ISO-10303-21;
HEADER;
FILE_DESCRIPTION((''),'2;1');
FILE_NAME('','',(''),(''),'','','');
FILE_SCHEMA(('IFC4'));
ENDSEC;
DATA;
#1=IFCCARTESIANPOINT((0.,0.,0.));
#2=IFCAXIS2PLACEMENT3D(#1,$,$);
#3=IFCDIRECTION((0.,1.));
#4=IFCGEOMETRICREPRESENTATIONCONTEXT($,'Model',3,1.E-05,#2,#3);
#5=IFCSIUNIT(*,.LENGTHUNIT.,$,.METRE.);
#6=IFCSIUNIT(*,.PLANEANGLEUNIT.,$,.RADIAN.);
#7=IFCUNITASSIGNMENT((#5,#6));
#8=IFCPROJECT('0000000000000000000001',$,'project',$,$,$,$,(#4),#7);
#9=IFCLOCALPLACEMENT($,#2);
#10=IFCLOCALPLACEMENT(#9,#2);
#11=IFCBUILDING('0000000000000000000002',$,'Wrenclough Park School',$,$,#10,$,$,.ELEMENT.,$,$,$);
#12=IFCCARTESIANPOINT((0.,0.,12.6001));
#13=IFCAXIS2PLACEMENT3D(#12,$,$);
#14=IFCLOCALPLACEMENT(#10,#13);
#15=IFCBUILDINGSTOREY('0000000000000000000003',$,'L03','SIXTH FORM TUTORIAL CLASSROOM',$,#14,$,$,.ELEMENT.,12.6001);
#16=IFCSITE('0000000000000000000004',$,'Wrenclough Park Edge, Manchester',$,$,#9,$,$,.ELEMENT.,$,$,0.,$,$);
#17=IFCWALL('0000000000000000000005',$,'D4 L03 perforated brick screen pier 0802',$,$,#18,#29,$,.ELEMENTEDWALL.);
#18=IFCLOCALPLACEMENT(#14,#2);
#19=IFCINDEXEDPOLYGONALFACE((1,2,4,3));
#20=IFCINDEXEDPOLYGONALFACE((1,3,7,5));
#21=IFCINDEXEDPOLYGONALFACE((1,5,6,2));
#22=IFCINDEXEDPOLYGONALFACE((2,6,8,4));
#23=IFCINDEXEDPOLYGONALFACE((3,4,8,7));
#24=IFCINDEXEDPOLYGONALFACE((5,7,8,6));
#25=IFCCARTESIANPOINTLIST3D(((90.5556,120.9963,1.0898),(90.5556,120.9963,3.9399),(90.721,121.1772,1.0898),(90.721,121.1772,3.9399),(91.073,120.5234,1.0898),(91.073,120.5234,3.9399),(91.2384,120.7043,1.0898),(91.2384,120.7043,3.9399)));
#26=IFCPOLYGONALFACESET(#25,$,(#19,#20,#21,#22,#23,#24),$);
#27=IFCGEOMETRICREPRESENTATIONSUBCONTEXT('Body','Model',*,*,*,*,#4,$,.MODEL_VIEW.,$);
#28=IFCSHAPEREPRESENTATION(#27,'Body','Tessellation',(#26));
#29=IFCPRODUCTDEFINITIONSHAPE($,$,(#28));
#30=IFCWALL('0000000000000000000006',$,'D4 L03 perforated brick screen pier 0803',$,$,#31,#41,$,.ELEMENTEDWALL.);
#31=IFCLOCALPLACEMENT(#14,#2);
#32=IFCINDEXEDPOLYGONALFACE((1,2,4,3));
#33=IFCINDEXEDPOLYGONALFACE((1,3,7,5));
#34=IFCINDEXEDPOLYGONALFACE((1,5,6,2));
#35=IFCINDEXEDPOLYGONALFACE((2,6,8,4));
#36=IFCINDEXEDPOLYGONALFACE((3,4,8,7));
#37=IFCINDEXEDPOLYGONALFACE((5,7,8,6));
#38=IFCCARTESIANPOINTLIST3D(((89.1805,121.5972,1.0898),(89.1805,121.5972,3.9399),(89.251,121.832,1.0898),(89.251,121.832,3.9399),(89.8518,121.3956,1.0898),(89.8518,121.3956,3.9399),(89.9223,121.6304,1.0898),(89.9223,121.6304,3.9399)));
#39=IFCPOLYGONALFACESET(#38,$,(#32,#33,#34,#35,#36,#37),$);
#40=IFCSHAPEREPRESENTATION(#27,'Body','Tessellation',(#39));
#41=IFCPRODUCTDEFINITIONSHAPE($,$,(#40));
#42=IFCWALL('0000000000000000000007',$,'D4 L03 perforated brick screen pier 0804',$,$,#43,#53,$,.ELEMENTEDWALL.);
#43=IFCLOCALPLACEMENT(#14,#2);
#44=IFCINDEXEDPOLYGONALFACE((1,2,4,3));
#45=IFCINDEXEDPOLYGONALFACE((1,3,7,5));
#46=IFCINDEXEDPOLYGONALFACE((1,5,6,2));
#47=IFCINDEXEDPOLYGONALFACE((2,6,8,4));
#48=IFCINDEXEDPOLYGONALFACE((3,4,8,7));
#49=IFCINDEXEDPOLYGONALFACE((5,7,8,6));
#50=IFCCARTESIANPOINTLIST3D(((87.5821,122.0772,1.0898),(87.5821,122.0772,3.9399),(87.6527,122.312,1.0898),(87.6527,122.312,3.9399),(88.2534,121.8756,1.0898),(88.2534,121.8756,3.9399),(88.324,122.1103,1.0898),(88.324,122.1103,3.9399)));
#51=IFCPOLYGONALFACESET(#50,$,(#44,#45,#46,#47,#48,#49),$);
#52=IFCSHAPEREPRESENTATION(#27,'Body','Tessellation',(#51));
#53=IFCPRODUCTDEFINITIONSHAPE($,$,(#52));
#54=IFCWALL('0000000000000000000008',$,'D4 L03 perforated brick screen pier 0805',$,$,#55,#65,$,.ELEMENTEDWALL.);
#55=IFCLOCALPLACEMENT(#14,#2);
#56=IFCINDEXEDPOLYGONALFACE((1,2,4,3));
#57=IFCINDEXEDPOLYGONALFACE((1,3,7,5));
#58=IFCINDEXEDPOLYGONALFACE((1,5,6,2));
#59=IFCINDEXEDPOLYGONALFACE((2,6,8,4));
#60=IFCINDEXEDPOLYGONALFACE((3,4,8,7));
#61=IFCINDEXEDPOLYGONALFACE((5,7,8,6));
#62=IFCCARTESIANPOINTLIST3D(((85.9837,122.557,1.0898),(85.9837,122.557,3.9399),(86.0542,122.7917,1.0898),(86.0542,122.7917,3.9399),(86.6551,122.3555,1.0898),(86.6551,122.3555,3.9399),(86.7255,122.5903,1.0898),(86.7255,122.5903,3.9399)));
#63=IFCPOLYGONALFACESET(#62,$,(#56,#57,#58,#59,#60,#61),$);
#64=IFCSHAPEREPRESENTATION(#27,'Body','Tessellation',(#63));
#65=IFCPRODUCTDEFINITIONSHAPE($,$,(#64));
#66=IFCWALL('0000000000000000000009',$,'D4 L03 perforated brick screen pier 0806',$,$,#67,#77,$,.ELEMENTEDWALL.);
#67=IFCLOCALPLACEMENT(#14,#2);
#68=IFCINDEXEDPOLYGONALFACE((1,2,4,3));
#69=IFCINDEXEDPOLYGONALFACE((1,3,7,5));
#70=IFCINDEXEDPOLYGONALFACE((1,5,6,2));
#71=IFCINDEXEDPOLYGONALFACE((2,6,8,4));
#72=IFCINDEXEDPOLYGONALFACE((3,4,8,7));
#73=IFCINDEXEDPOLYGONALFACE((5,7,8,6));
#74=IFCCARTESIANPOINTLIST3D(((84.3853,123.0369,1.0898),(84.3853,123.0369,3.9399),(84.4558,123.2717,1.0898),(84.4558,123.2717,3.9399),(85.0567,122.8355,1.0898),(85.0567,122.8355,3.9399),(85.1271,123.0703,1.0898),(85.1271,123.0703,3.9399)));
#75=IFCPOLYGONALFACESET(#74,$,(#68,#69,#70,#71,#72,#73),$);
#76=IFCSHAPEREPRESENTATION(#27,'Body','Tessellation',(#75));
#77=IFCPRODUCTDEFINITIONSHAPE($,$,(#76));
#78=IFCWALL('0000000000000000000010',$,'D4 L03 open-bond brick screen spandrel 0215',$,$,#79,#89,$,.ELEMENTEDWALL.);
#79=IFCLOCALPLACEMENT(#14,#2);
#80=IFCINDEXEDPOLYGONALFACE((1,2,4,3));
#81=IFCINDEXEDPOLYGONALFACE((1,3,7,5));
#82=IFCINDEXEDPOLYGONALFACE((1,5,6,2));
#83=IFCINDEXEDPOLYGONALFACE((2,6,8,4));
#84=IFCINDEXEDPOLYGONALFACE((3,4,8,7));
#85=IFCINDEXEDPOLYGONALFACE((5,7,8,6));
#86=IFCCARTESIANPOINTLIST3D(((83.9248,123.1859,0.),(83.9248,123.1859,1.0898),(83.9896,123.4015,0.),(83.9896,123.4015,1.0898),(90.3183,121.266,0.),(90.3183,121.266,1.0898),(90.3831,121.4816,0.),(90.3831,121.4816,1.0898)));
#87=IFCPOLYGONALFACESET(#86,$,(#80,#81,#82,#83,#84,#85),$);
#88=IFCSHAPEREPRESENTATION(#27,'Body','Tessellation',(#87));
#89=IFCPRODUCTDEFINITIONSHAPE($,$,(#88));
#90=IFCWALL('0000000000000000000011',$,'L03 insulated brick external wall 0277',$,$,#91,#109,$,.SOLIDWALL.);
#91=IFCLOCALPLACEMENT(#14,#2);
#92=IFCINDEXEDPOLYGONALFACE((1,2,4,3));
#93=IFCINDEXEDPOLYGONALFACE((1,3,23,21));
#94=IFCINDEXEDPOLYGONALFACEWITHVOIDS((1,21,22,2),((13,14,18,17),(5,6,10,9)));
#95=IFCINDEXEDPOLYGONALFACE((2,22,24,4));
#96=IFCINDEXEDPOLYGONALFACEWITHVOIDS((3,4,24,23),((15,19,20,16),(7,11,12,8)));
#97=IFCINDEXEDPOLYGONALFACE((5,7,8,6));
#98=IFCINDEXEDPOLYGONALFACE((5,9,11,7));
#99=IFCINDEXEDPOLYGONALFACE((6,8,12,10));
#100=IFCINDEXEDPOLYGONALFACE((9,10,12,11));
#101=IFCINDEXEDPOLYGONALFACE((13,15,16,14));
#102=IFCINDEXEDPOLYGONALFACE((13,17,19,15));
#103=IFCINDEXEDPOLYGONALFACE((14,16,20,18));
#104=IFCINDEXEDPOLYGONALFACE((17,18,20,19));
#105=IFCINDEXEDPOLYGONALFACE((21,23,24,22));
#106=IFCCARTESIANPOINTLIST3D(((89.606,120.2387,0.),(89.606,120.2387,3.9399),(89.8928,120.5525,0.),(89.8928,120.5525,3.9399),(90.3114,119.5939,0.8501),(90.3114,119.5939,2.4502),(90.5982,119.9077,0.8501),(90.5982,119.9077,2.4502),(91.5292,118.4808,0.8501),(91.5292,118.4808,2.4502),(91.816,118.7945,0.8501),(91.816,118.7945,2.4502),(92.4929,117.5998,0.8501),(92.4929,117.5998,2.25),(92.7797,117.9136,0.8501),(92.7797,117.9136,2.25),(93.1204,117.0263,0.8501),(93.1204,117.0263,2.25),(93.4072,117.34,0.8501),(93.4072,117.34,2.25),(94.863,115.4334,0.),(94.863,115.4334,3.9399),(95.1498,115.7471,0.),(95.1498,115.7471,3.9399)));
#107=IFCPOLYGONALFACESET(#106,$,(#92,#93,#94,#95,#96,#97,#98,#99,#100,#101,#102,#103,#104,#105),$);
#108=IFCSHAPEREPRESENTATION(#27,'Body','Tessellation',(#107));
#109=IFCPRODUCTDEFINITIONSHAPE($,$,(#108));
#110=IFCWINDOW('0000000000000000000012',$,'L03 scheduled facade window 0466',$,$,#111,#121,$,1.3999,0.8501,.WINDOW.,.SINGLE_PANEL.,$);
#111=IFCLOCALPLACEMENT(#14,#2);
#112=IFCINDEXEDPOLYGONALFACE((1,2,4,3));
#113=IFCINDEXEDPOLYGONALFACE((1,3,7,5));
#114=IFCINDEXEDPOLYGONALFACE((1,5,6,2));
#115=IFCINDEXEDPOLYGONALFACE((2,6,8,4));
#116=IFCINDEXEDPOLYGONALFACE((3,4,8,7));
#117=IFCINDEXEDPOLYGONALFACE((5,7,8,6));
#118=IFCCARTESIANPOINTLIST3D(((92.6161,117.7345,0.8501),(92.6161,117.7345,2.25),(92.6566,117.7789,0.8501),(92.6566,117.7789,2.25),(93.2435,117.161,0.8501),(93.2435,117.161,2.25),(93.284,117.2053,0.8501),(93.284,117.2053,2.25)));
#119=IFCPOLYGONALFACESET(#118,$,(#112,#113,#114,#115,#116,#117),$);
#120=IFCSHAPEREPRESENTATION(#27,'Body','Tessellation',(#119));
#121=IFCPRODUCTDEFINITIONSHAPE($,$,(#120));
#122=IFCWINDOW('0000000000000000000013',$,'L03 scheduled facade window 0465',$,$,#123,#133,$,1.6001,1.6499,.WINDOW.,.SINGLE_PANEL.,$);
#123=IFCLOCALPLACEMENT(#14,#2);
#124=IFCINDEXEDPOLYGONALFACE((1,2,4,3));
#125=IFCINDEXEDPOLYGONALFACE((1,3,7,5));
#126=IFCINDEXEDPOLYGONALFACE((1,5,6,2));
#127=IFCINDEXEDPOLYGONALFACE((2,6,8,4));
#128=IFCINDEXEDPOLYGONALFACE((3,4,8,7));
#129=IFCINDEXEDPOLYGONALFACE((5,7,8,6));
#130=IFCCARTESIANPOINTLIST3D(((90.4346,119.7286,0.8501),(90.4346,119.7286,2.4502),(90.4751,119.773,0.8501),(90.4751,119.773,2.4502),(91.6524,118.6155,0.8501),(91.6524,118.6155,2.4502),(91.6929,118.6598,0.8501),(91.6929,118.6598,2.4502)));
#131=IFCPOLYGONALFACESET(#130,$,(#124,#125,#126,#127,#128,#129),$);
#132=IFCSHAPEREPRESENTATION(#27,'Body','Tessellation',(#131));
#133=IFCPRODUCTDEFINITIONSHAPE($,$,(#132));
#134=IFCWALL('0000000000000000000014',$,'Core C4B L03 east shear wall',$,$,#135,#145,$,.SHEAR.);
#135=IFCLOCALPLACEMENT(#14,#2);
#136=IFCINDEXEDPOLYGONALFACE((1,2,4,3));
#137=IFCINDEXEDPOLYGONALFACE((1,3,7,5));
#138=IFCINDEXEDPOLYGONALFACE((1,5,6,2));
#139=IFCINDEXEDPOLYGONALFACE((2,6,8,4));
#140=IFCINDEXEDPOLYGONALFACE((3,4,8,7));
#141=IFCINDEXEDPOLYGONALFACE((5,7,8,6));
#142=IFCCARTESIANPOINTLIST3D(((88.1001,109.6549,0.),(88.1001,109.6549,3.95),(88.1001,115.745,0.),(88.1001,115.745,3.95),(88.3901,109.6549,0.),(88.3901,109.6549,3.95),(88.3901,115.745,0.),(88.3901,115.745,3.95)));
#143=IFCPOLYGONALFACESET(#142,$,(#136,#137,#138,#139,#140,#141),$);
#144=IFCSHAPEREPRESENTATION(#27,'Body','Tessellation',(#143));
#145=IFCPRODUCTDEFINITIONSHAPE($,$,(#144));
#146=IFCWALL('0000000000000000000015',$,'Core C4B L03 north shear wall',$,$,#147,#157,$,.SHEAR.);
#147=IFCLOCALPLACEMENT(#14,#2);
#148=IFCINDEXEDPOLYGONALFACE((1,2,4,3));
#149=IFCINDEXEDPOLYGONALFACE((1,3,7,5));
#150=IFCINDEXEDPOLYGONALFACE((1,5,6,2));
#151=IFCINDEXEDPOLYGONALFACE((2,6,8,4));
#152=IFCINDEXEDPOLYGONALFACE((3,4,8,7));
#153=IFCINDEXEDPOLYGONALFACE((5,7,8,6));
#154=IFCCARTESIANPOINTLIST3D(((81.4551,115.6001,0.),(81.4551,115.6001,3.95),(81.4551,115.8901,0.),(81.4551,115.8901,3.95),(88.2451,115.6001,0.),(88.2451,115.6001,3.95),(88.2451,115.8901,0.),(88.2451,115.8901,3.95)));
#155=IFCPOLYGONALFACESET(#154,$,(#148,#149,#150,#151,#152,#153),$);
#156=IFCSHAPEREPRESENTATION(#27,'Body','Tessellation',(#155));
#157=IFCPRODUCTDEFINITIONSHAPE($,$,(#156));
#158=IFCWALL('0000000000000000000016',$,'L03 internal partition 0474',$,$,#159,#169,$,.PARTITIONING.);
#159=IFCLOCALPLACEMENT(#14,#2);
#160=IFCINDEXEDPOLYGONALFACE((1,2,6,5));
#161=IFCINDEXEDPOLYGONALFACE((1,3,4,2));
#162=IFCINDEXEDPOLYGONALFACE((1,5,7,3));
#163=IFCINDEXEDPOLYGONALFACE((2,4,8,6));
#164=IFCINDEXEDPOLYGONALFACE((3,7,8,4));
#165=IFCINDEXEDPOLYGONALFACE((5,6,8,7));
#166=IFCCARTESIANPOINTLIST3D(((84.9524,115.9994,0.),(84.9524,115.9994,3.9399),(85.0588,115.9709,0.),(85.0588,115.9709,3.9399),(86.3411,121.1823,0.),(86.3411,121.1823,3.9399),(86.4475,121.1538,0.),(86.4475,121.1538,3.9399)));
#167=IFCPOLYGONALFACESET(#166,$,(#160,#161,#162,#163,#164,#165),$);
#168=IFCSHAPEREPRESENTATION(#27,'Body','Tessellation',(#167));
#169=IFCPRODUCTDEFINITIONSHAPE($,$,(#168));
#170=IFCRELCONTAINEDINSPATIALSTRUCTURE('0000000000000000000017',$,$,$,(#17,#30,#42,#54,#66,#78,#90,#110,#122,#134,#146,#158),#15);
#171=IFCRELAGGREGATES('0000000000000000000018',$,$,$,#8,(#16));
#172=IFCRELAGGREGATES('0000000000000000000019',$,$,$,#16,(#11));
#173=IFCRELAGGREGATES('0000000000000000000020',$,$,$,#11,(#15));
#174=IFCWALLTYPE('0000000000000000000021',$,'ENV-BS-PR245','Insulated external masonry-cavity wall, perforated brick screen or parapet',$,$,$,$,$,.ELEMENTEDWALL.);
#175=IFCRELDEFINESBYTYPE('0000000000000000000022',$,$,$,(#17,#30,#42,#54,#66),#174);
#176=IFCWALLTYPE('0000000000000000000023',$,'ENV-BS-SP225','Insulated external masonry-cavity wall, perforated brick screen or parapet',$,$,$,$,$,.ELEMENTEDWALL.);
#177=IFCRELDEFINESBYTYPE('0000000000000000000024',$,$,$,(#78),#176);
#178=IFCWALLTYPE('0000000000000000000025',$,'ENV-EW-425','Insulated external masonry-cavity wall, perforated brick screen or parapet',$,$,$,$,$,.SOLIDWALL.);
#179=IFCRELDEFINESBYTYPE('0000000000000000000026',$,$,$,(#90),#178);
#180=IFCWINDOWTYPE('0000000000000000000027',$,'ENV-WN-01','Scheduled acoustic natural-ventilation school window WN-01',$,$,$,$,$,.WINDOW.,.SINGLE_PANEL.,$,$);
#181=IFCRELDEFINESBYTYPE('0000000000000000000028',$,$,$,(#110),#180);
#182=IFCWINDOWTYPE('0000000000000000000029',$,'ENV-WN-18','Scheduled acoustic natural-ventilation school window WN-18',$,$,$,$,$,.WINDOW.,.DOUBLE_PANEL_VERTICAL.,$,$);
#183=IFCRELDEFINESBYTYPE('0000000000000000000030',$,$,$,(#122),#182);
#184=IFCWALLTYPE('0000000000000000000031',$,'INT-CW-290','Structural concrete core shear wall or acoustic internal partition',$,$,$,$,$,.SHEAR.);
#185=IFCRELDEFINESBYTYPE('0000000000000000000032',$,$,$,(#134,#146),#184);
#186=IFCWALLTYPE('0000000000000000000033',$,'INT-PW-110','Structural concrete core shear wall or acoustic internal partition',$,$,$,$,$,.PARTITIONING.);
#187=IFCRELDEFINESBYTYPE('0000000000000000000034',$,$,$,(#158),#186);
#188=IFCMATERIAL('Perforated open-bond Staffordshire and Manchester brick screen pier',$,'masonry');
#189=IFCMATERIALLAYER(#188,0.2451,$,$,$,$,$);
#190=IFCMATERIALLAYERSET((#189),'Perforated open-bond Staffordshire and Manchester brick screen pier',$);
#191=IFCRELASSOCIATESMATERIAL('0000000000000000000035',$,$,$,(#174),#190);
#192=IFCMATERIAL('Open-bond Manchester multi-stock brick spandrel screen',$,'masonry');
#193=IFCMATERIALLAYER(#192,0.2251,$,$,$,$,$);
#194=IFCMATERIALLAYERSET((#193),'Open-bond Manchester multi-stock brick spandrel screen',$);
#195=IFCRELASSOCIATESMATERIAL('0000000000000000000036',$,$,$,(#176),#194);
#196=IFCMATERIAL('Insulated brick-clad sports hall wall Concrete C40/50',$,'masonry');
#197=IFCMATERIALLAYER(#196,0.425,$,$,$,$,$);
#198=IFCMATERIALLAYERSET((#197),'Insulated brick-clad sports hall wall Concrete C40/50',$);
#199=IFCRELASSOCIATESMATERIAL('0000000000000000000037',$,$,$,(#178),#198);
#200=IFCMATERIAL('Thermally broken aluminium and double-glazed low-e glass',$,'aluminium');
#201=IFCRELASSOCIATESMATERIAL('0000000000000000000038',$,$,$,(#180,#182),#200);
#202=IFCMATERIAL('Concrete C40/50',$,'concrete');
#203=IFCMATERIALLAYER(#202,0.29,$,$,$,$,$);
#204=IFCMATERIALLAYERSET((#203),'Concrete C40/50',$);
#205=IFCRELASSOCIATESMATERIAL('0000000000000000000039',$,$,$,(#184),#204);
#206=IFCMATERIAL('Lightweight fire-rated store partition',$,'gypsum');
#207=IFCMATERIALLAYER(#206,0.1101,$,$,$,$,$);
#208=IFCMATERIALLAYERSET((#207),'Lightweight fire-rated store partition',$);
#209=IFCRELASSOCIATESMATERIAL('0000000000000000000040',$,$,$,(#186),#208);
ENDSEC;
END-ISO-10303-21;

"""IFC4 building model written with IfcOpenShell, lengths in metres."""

from ifc_helpers import new_model, si_unit, direction, frame, frame_2d, origin, place, context, subcontext, project, spatial, rectangle, extrude, material, layer, layer_set, type_object, element, fill, save


model = new_model("IFC4")

# Units and contexts
model_context = context("Model", 3, precision=1e-05, world=origin(), true_north=direction((0.0, 1.0)))
body_context = subcontext(model_context, "Body", "Model", "MODEL_VIEW")
ifc_project = project(units=[si_unit("LENGTHUNIT", "METRE"), si_unit("PLANEANGLEUNIT", "RADIAN")], contexts=[model_context])

# Site, building, storey
site_placement = place(None, origin())
site = spatial("IfcSite", under=ifc_project, at=site_placement, Name="Wrenclough Park Edge, Manchester", CompositionType="ELEMENT", RefElevation=0.0)
building_placement = place(site_placement, origin())
building = spatial("IfcBuilding", under=site, at=building_placement, Name="Wrenclough Park School", CompositionType="ELEMENT")
storey_placement = place(building_placement, frame((0.0, 0.0, 12.6001)))
storey = spatial("IfcBuildingStorey", under=building, at=storey_placement, Name="L03", Description="SIXTH FORM TUTORIAL CLASSROOM", CompositionType="ELEMENT", Elevation=12.6001)

# Walls
ifc_material_1 = material(Name="Perforated open-bond Staffordshire and Manchester brick screen pier", Category="masonry")
ifc_layer_1 = layer(ifc_material_1, 0.2451)
ifc_layer_set_1 = layer_set([ifc_layer_1], Name="Perforated open-bond Staffordshire and Manchester brick screen pier")
wall_type_1 = type_object("IfcWallType", Name="ENV-BS-PR245", Description="Insulated external masonry-cavity wall, perforated brick screen or parapet", PredefinedType="ELEMENTEDWALL", material=ifc_layer_set_1)
for number, where, z_axis, x_axis, name in (
    (1, (91.1558, 120.6138, 1.0898), (0.0, 0.0, 1.0), (-0.738093, 0.674699, 0.0), "D4 L03 perforated brick screen pier 0802"),
    (2, (89.8872, 121.5129, 1.0898), (0.0, 0.0, 1.0), (-0.95773, 0.287667, 0.0), "D4 L03 perforated brick screen pier 0803"),
    (3, (88.2888, 121.9929, 1.0898), (0.0, 0.0, 1.0), (-0.95773, 0.287667, 0.0), "D4 L03 perforated brick screen pier 0804"),
    (4, (86.6904, 122.4729, 1.0898), (0.0, 0.0, 1.0), (-0.957826, 0.287348, 0.0), "D4 L03 perforated brick screen pier 0805"),
    (5, (85.092, 122.9529, 1.0898), (0.0, 0.0, 1.0), (-0.957826, 0.287348, 0.0), "D4 L03 perforated brick screen pier 0806"),
):
    element("IfcWall", number, at=place(storey_placement, frame(where, z_axis=z_axis, x_axis=x_axis)), inside=storey, type_object=wall_type_1, Name=name, PredefinedType="ELEMENTEDWALL", context=body_context, shape_type="SweptSolid", body=[
        extrude(rectangle(XDim=0.7009, YDim=0.2451, at=frame_2d((0.3506, 0.0))), origin(), (0.0, 0.0, 1.0), 2.8501),
    ])
ifc_material_2 = material(Name="Open-bond Manchester multi-stock brick spandrel screen", Category="masonry")
ifc_layer_2 = layer(ifc_material_2, 0.2251)
ifc_layer_set_2 = layer_set([ifc_layer_2], Name="Open-bond Manchester multi-stock brick spandrel screen")
wall_type_2 = type_object("IfcWallType", Name="ENV-BS-SP225", Description="Insulated external masonry-cavity wall, perforated brick screen or parapet", PredefinedType="ELEMENTEDWALL", material=ifc_layer_set_2)
wall_1_placement = place(storey_placement, frame((90.3508, 121.3738, 0.0), z_axis=(0.0, 0.0, 1.0), x_axis=(-0.95775, 0.287603, 0.0)))
element("IfcWall", 6, at=wall_1_placement, inside=storey, type_object=wall_type_2, Name="D4 L03 open-bond brick screen spandrel 0215", PredefinedType="ELEMENTEDWALL", context=body_context, shape_type="SweptSolid", body=[
    extrude(rectangle(XDim=6.6755, YDim=0.2251, at=frame_2d((3.3379, 0.0))), origin(), (0.0, 0.0, 1.0), 1.0898),
])

# Wall, openings, windows
ifc_material_3 = material(Name="Insulated brick-clad sports hall wall Concrete C40/50", Category="masonry")
ifc_layer_3 = layer(ifc_material_3, 0.425)
ifc_layer_set_3 = layer_set([ifc_layer_3], Name="Insulated brick-clad sports hall wall Concrete C40/50")
wall_type_3 = type_object("IfcWallType", Name="ENV-EW-425", Description="Insulated external masonry-cavity wall, perforated brick screen or parapet", PredefinedType="SOLIDWALL", material=ifc_layer_set_3)
wall_2_placement = place(storey_placement, frame((89.7495, 120.3955, 0.0), z_axis=(0.0, 0.0, 1.0), x_axis=(0.738102, -0.674689, 0.0)))
wall_2 = element("IfcWall", 7, at=wall_2_placement, inside=storey, type_object=wall_type_3, Name="L03 insulated brick external wall 0277", PredefinedType="SOLIDWALL", context=body_context, shape_type="SweptSolid", body=[
    extrude(rectangle(XDim=7.1223, YDim=0.425, at=frame_2d((3.561, 0.0))), origin(), (0.0, 0.0, 1.0), 3.9399),
])
opening_1_placement = place(wall_2_placement, frame((0.9556, 0.0, 0.8501)))
opening_1 = element("IfcOpeningElement", 8, at=opening_1_placement, cuts=wall_2, PredefinedType="OPENING", context=body_context, shape_type="SweptSolid", body=[
    extrude(rectangle(XDim=1.6499, YDim=1.6001, at=frame_2d((0.825, 0.8))), frame((0.0, 0.2224, 0.0), z_axis=(0.0, -1.0, 0.0), x_axis=(1.0, 0.0, 0.0)), (0.0, 0.0, 1.0), 0.4451),
])
opening_2_placement = place(wall_2_placement, frame((3.9111, 0.0, 0.8501)))
opening_2 = element("IfcOpeningElement", 9, at=opening_2_placement, cuts=wall_2, PredefinedType="OPENING", context=body_context, shape_type="SweptSolid", body=[
    extrude(rectangle(XDim=0.8501, YDim=1.3999, at=frame_2d((0.425, 0.7))), frame((0.0, 0.2224, 0.0), z_axis=(0.0, -1.0, 0.0), x_axis=(1.0, 0.0, 0.0)), (0.0, 0.0, 1.0), 0.4451),
])
ifc_material_4 = material(Name="Thermally broken aluminium and double-glazed low-e glass", Category="aluminium")
window_type_1 = type_object("IfcWindowType", Name="ENV-WN-01", Description="Scheduled acoustic natural-ventilation school window WN-01", PartitioningType="SINGLE_PANEL", PredefinedType="WINDOW", material=ifc_material_4)
window_1_placement = place(opening_2_placement, origin())
window_1 = element("IfcWindow", 10, at=window_1_placement, inside=storey, type_object=window_type_1, Name="L03 scheduled facade window 0466", OverallHeight=1.3999, OverallWidth=0.8501, PartitioningType="SINGLE_PANEL", PredefinedType="WINDOW", context=body_context, shape_type="SweptSolid", body=[
    extrude(rectangle(XDim=0.8501, YDim=1.3999, at=frame_2d((0.425, 0.7))), frame((0.0, 0.03, 0.0), z_axis=(0.0, -1.0, 0.0), x_axis=(1.0, 0.0, 0.0)), (0.0, 0.0, 1.0), 0.0601),
])
fill(opening_2, window_1)
window_type_2 = type_object("IfcWindowType", Name="ENV-WN-18", Description="Scheduled acoustic natural-ventilation school window WN-18", PartitioningType="DOUBLE_PANEL_VERTICAL", PredefinedType="WINDOW", material=ifc_material_4)
window_2_placement = place(opening_1_placement, origin())
window_2 = element("IfcWindow", 11, at=window_2_placement, inside=storey, type_object=window_type_2, Name="L03 scheduled facade window 0465", OverallHeight=1.6001, OverallWidth=1.6499, PartitioningType="SINGLE_PANEL", PredefinedType="WINDOW", context=body_context, shape_type="SweptSolid", body=[
    extrude(rectangle(XDim=1.6499, YDim=1.6001, at=frame_2d((0.825, 0.8))), frame((0.0, 0.03, 0.0), z_axis=(0.0, -1.0, 0.0), x_axis=(1.0, 0.0, 0.0)), (0.0, 0.0, 1.0), 0.0601),
])
fill(opening_1, window_2)

# Walls
ifc_material_5 = material(Name="Concrete C40/50", Category="concrete")
ifc_layer_4 = layer(ifc_material_5, 0.29)
ifc_layer_set_4 = layer_set([ifc_layer_4], Name="Concrete C40/50")
wall_type_4 = type_object("IfcWallType", Name="INT-CW-290", Description="Structural concrete core shear wall or acoustic internal partition", PredefinedType="SHEAR", material=ifc_layer_set_4)
wall_3_placement = place(storey_placement, frame((88.2451, 109.655, 0.0), z_axis=(0.0, 0.0, 1.0), x_axis=(0.0, 1.0, 0.0)))
element("IfcWall", 12, at=wall_3_placement, inside=storey, type_object=wall_type_4, Name="Core C4B L03 east shear wall", PredefinedType="SHEAR", context=body_context, shape_type="SweptSolid", body=[
    extrude(rectangle(XDim=6.0901, YDim=0.29, at=frame_2d((3.0449, 0.0))), origin(), (0.0, 0.0, 1.0), 3.95),
])
wall_4_placement = place(storey_placement, frame((88.2451, 115.7451, 0.0), z_axis=(0.0, 0.0, 1.0), x_axis=(-1.0, 0.0, 0.0)))
element("IfcWall", 13, at=wall_4_placement, inside=storey, type_object=wall_type_4, Name="Core C4B L03 north shear wall", PredefinedType="SHEAR", context=body_context, shape_type="SweptSolid", body=[
    extrude(rectangle(XDim=6.79, YDim=0.29, at=frame_2d((3.395, 0.0))), origin(), (0.0, 0.0, 1.0), 3.95),
])
ifc_material_6 = material(Name="Lightweight fire-rated store partition", Category="gypsum")
ifc_layer_5 = layer(ifc_material_6, 0.1101)
ifc_layer_set_5 = layer_set([ifc_layer_5], Name="Lightweight fire-rated store partition")
wall_type_5 = type_object("IfcWallType", Name="INT-PW-110", Description="Structural concrete core shear wall or acoustic internal partition", PredefinedType="PARTITIONING", material=ifc_layer_set_5)
wall_5_placement = place(storey_placement, frame((85.0056, 115.9851, 0.0), z_axis=(0.0, 0.0, 1.0), x_axis=(0.258807, 0.965929, 0.0)))
element("IfcWall", 14, at=wall_5_placement, inside=storey, type_object=wall_type_5, Name="L03 internal partition 0474", PredefinedType="PARTITIONING", context=body_context, shape_type="SweptSolid", body=[
    extrude(rectangle(XDim=5.3657, YDim=0.1101, at=frame_2d((2.6829, 0.0))), origin(), (0.0, 0.0, 1.0), 3.9399),
])

save(model, "model.ifc")
